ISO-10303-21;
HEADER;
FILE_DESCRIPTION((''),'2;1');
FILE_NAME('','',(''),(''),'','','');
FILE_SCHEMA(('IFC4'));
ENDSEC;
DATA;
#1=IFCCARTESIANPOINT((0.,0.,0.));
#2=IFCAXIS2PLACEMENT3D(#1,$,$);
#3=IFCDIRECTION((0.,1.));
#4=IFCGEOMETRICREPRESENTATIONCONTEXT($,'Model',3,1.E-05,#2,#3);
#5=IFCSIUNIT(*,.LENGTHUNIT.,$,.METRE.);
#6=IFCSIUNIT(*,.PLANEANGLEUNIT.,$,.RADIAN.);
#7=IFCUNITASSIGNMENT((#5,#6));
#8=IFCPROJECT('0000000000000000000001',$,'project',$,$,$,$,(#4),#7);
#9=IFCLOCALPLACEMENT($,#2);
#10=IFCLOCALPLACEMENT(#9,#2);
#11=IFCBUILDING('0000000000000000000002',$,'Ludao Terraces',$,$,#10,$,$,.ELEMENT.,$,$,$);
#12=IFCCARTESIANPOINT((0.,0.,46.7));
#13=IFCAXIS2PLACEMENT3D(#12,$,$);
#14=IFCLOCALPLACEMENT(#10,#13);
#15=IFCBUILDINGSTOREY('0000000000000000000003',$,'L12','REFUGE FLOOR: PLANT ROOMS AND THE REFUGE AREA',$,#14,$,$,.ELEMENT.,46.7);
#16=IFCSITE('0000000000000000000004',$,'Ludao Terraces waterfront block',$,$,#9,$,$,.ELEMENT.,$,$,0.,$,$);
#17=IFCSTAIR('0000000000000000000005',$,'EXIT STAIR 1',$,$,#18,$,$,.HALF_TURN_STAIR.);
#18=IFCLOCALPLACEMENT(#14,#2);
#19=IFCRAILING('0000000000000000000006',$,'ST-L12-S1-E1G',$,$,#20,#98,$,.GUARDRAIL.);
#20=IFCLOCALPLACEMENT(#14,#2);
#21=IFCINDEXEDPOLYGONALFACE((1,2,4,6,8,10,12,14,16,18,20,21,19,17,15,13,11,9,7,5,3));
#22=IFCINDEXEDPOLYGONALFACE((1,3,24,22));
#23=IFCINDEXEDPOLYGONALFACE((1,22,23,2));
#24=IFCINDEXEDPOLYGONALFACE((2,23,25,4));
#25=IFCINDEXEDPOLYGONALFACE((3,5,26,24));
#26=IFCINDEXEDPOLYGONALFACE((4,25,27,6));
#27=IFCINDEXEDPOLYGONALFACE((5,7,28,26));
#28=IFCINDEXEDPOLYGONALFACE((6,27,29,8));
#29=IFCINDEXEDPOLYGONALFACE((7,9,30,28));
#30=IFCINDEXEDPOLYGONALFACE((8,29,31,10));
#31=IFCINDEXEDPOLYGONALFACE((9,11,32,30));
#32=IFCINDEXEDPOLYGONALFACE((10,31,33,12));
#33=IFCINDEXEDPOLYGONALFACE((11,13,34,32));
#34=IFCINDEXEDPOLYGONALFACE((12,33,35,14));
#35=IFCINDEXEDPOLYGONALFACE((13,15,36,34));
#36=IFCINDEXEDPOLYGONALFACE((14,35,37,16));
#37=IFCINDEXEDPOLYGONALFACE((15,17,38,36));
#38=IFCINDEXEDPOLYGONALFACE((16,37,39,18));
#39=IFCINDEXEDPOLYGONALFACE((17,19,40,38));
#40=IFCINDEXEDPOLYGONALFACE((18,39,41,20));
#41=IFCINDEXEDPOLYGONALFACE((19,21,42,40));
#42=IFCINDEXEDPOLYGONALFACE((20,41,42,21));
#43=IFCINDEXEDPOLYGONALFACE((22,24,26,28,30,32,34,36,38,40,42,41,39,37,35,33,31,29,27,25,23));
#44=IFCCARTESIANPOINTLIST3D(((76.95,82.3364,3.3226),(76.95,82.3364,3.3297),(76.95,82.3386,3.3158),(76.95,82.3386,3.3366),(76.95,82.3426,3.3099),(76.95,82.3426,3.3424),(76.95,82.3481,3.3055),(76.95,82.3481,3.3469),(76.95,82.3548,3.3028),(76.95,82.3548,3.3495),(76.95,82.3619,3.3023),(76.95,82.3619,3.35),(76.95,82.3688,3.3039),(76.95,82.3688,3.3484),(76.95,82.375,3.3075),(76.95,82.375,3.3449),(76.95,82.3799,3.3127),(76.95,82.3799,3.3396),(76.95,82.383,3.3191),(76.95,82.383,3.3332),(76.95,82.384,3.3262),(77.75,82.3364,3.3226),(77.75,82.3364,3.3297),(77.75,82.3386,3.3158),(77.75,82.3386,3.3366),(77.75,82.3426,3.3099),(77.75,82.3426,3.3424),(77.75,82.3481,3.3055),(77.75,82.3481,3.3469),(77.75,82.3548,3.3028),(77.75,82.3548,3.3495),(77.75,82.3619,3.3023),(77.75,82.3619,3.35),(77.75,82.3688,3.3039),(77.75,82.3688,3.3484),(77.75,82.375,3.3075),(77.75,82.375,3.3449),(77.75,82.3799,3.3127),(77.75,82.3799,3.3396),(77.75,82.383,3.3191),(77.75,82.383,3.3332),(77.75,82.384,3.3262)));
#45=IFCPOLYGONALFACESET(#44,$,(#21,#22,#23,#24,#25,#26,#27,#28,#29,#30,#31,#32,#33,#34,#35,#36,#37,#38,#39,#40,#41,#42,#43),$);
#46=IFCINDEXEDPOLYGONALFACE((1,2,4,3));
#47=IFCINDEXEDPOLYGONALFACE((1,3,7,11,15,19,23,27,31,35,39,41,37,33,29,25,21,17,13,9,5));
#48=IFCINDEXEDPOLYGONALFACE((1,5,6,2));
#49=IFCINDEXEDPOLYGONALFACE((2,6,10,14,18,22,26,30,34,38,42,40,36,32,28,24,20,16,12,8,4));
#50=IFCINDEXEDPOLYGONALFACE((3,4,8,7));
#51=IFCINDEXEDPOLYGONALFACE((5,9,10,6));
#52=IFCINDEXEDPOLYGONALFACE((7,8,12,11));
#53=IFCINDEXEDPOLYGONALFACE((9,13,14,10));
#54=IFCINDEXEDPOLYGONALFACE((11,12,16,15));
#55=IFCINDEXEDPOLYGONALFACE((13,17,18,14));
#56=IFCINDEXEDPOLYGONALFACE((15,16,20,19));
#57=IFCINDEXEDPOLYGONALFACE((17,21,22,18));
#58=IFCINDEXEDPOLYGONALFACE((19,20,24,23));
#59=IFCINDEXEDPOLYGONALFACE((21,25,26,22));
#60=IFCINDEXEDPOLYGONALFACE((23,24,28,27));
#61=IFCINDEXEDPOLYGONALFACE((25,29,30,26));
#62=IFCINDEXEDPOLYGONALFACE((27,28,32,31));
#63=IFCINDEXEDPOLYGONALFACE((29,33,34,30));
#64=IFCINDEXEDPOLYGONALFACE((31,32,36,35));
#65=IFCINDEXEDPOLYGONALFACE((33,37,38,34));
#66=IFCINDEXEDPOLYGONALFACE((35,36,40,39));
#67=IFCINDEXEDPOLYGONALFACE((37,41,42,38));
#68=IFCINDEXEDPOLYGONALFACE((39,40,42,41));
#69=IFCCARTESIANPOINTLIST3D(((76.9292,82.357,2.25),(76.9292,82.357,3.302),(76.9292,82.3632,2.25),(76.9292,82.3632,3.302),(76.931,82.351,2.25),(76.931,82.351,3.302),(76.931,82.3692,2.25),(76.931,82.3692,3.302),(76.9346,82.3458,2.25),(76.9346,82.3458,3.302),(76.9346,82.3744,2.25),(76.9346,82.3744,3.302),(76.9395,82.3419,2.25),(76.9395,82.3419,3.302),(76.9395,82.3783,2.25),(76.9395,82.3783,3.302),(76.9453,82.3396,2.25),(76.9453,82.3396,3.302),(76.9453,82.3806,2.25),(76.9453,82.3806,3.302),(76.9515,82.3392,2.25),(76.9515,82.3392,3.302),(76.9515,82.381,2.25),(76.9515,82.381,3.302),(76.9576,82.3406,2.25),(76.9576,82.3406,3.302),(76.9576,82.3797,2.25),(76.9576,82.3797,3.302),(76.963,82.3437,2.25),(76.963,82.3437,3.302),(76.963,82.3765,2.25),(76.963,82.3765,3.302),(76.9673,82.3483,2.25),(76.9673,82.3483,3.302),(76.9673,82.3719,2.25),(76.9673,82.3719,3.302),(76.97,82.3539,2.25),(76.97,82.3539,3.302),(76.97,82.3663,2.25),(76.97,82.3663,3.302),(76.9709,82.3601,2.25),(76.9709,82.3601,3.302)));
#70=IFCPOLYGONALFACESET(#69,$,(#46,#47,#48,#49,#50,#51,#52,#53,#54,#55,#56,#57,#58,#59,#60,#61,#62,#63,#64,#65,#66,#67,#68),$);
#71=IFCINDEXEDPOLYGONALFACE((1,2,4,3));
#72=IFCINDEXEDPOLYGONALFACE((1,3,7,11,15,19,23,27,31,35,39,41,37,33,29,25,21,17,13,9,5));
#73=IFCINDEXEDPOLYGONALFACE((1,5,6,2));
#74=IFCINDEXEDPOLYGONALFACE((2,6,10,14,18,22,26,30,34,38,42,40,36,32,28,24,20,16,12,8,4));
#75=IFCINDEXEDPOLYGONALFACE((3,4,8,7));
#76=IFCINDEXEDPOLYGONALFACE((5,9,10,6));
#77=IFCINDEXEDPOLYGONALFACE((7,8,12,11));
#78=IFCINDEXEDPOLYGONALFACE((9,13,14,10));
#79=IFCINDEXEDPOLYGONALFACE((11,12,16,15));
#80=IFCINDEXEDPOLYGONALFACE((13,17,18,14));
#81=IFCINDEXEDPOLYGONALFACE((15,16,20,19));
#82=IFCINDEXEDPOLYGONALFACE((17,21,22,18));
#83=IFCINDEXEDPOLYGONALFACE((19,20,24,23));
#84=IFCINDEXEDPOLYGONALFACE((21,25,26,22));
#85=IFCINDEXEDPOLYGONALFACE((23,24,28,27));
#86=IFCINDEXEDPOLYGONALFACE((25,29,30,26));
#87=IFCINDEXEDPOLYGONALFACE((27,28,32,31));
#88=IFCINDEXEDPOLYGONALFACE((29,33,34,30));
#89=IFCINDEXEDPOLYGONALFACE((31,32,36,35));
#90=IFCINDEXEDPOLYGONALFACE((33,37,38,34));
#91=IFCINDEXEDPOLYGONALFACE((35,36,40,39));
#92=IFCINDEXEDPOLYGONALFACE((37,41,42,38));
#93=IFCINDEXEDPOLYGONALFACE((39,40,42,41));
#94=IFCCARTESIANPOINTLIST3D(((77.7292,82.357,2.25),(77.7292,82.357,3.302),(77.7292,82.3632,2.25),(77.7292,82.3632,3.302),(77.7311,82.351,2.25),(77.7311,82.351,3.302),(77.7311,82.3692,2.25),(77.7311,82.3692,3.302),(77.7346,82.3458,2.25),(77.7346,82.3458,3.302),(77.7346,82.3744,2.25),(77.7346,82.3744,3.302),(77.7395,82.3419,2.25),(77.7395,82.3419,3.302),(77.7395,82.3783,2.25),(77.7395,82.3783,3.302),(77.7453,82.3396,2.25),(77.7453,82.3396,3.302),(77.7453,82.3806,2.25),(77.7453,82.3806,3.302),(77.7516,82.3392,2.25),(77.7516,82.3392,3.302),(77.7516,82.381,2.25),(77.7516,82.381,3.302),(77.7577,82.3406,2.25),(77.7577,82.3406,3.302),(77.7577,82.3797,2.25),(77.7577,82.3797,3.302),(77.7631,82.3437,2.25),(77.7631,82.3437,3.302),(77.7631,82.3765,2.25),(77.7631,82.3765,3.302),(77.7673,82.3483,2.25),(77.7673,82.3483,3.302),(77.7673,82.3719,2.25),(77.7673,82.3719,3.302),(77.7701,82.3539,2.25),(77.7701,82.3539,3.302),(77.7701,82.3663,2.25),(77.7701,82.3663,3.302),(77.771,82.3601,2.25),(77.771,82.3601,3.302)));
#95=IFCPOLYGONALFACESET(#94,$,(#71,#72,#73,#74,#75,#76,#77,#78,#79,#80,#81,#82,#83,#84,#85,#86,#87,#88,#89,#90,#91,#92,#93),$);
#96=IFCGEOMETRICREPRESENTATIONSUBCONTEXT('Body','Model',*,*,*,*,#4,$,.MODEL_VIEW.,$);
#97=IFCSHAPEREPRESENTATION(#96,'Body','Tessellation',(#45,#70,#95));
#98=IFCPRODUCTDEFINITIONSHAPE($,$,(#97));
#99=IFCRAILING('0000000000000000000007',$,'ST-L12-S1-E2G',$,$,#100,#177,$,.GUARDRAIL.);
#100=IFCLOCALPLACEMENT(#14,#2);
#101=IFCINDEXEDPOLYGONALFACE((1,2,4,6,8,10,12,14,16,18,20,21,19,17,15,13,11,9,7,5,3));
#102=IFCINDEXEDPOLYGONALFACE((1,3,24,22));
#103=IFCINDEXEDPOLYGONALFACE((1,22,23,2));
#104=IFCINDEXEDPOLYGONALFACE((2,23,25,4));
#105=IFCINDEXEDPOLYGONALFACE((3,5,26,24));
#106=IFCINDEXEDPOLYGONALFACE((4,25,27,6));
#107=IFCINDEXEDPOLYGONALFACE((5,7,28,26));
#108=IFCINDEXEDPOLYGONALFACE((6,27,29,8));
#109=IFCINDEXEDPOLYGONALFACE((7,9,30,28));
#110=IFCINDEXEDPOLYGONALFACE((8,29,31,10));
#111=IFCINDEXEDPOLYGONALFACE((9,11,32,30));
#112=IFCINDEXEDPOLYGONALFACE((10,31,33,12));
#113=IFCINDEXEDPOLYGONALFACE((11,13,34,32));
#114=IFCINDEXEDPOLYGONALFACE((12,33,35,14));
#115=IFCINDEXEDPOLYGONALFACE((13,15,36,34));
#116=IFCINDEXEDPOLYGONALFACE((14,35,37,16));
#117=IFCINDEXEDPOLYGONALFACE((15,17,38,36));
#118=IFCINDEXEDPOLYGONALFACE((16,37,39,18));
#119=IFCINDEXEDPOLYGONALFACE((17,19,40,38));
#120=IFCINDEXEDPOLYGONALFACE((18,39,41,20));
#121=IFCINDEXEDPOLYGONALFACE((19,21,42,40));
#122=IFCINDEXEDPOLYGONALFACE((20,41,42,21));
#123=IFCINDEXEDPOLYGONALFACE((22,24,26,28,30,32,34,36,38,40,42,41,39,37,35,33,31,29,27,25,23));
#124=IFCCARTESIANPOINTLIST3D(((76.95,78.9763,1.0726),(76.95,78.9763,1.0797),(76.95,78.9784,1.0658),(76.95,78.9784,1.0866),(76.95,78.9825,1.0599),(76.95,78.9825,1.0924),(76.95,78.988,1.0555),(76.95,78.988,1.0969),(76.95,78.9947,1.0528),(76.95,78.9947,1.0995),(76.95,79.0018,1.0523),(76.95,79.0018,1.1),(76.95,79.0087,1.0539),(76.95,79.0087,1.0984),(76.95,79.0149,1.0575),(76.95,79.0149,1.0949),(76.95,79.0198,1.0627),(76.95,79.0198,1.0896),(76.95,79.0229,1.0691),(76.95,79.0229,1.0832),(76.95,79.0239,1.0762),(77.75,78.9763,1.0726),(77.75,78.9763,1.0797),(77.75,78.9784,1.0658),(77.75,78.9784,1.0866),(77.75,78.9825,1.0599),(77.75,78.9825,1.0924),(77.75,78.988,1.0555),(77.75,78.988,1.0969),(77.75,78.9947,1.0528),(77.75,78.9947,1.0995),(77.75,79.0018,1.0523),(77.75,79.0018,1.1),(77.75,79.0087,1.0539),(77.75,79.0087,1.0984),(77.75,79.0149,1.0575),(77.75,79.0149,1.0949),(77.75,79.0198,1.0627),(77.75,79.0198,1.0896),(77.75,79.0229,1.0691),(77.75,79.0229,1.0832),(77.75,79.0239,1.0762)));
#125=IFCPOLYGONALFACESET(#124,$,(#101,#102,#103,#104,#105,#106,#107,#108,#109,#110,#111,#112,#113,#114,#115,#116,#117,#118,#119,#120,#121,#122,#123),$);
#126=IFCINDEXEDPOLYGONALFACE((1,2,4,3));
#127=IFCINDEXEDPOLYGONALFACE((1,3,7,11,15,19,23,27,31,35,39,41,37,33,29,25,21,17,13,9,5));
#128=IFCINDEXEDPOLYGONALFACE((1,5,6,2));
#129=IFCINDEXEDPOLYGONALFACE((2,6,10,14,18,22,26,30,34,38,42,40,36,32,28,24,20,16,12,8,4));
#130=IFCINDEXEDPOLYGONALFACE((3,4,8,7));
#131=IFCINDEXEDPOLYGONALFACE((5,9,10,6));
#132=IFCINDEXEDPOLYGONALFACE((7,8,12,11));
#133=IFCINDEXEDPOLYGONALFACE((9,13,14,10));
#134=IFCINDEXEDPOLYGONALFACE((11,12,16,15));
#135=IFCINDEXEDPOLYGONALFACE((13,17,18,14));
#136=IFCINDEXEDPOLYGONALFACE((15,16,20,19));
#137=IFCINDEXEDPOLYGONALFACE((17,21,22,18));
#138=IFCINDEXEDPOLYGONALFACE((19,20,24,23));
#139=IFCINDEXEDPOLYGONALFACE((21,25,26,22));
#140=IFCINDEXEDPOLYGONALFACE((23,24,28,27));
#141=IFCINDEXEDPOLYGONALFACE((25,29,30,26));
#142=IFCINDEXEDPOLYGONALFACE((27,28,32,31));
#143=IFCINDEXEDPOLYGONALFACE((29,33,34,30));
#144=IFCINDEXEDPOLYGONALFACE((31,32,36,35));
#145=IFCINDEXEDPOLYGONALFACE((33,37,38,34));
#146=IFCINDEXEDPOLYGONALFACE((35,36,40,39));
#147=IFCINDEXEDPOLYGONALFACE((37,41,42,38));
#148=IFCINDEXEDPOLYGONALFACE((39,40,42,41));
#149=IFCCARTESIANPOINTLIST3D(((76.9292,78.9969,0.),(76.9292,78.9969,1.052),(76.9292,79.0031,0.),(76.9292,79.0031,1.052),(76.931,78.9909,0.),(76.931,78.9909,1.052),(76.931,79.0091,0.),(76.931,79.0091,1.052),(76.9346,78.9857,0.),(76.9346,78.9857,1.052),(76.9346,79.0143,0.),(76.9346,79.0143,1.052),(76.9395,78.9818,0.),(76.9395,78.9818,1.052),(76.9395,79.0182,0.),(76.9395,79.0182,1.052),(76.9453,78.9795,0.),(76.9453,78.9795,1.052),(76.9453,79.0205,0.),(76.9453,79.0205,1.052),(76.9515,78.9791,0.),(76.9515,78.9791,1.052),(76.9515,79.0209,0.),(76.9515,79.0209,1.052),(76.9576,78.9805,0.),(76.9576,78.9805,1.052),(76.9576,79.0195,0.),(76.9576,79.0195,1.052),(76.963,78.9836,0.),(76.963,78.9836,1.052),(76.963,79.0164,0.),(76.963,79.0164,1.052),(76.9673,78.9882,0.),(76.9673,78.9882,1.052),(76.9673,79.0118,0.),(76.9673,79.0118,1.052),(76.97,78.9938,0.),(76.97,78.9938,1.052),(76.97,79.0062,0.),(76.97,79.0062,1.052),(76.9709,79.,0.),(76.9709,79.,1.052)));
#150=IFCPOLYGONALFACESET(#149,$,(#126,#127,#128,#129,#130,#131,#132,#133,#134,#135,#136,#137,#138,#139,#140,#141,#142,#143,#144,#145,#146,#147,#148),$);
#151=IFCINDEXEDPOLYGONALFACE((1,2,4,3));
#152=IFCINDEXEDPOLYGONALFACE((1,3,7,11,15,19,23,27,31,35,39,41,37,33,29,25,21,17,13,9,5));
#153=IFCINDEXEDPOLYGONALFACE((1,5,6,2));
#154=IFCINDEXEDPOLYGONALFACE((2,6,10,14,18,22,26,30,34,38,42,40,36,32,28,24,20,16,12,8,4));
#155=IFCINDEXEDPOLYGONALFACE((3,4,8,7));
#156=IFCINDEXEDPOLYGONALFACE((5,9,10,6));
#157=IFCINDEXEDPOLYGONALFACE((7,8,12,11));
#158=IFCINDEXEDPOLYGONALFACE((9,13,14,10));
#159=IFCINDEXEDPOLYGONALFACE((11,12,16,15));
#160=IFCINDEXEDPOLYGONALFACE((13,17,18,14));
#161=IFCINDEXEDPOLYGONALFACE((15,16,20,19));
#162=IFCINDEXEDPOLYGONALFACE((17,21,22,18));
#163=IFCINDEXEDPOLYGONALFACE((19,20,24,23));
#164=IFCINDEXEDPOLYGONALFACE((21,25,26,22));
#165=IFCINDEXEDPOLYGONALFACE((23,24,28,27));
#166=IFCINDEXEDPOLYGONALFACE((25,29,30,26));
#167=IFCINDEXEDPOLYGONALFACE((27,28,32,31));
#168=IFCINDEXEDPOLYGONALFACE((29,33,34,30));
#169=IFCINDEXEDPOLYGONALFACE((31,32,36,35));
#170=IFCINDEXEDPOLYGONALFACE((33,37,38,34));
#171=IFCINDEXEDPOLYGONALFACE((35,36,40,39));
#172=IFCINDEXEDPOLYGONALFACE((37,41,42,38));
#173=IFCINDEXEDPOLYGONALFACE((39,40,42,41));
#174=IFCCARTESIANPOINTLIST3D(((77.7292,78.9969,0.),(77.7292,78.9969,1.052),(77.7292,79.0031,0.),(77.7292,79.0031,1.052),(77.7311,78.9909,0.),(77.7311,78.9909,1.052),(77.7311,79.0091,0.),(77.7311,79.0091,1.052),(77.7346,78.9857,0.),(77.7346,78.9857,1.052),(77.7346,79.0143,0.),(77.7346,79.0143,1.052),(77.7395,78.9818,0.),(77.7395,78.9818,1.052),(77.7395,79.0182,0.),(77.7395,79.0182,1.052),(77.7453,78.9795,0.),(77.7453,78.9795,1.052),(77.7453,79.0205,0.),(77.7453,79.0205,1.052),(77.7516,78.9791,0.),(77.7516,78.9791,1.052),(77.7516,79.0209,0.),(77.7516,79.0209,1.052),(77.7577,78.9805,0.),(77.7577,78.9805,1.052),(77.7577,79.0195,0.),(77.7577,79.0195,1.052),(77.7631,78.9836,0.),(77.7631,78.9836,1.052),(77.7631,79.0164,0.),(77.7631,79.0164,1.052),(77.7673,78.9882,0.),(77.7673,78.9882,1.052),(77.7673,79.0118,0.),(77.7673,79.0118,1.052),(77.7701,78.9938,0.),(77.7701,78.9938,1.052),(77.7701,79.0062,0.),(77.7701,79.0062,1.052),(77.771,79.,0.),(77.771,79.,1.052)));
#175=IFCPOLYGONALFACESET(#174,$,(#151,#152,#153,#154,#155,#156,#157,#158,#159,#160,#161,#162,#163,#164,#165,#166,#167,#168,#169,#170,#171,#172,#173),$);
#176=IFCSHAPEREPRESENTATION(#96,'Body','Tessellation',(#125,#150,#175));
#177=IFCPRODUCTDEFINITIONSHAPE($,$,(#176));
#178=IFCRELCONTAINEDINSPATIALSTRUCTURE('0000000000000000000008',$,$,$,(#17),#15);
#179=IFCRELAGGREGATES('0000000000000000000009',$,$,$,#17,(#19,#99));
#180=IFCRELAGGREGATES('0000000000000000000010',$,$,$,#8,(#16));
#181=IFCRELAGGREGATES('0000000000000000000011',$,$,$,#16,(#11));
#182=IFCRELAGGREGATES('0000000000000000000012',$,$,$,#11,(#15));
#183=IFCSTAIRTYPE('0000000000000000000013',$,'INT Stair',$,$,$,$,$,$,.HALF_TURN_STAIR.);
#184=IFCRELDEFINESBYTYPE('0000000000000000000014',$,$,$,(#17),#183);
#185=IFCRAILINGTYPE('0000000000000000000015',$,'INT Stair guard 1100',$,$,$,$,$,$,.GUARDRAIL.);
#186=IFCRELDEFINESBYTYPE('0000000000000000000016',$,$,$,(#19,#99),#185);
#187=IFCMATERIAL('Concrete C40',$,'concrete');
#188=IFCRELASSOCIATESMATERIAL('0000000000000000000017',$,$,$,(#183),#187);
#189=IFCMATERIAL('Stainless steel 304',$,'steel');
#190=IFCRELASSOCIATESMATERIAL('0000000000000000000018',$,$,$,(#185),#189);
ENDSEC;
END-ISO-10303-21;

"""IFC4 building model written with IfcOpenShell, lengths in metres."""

from ifc_helpers import new_model, si_unit, direction, frame, origin, origin_2d, place, context, subcontext, project, spatial, circle, extrude, material, type_object, element, aggregate, save


model = new_model("IFC4")

# Units and contexts
model_context = context("Model", 3, precision=1e-05, world=origin(), true_north=direction((0.0, 1.0)))
body_context = subcontext(model_context, "Body", "Model", "MODEL_VIEW")
ifc_project = project(units=[si_unit("LENGTHUNIT", "METRE"), si_unit("PLANEANGLEUNIT", "RADIAN")], contexts=[model_context])

# Site, building, storey
site_placement = place(None, origin())
site = spatial("IfcSite", under=ifc_project, at=site_placement, Name="Ludao Terraces waterfront block", CompositionType="ELEMENT", RefElevation=0.0)
building_placement = place(site_placement, origin())
building = spatial("IfcBuilding", under=site, at=building_placement, Name="Ludao Terraces", CompositionType="ELEMENT")
storey_placement = place(building_placement, frame((0.0, 0.0, 46.7)))
storey = spatial("IfcBuildingStorey", under=building, at=storey_placement, Name="L12", Description="REFUGE FLOOR: PLANT ROOMS AND THE REFUGE AREA", CompositionType="ELEMENT", Elevation=46.7)

# Shared definitions
ifc_material_1 = material(Name="Stainless steel 304", Category="steel")

# Stair, railings
ifc_material_2 = material(Name="Concrete C40", Category="concrete")
stair_type = type_object("IfcStairType", Name="INT Stair", PredefinedType="HALF_TURN_STAIR", material=ifc_material_2)
stair_placement = place(storey_placement, origin())
stair = element("IfcStair", 1, at=stair_placement, inside=storey, type_object=stair_type, Name="EXIT STAIR 1", PredefinedType="HALF_TURN_STAIR")
railing_type_1 = type_object("IfcRailingType", Name="INT Stair guard 1100", PredefinedType="GUARDRAIL", material=ifc_material_1)
railing_1_placement = place(storey_placement, frame((76.95, 82.3601, 2.25)))
railing_1 = element("IfcRailing", 2, at=railing_1_placement, type_object=railing_type_1, Name="ST-L12-S1-E1G", PredefinedType="GUARDRAIL", context=body_context, shape_type="SweptSolid", body=[
    extrude(circle(Radius=0.0239, at=origin_2d()), frame((0.0, 0.0, 1.0762), z_axis=(1.0, 0.0, 0.0), x_axis=(0.0, 1.0, 0.0)), (0.0, 0.0, 1.0), 0.8),
    extrude(circle(Radius=0.021, at=origin_2d()), origin(), (0.0, 0.0, 1.0), 1.052),
    extrude(circle(Radius=0.021, at=origin_2d()), frame((0.8, 0.0, 0.0)), (0.0, 0.0, 1.0), 1.052),
])
railing_2_placement = place(storey_placement, frame((76.95, 79.0, 0.0)))
railing_2 = element("IfcRailing", 3, at=railing_2_placement, type_object=railing_type_1, Name="ST-L12-S1-E2G", PredefinedType="GUARDRAIL", context=body_context, shape_type="SweptSolid", body=[
    extrude(circle(Radius=0.0239, at=origin_2d()), frame((0.0, 0.0, 1.0762), z_axis=(1.0, 0.0, 0.0), x_axis=(0.0, 1.0, 0.0)), (0.0, 0.0, 1.0), 0.8),
    extrude(circle(Radius=0.021, at=origin_2d()), origin(), (0.0, 0.0, 1.0), 1.052),
    extrude(circle(Radius=0.021, at=origin_2d()), frame((0.8, 0.0, 0.0)), (0.0, 0.0, 1.0), 1.052),
])
aggregate(stair, [railing_1, railing_2])

save(model, "model.ifc")
